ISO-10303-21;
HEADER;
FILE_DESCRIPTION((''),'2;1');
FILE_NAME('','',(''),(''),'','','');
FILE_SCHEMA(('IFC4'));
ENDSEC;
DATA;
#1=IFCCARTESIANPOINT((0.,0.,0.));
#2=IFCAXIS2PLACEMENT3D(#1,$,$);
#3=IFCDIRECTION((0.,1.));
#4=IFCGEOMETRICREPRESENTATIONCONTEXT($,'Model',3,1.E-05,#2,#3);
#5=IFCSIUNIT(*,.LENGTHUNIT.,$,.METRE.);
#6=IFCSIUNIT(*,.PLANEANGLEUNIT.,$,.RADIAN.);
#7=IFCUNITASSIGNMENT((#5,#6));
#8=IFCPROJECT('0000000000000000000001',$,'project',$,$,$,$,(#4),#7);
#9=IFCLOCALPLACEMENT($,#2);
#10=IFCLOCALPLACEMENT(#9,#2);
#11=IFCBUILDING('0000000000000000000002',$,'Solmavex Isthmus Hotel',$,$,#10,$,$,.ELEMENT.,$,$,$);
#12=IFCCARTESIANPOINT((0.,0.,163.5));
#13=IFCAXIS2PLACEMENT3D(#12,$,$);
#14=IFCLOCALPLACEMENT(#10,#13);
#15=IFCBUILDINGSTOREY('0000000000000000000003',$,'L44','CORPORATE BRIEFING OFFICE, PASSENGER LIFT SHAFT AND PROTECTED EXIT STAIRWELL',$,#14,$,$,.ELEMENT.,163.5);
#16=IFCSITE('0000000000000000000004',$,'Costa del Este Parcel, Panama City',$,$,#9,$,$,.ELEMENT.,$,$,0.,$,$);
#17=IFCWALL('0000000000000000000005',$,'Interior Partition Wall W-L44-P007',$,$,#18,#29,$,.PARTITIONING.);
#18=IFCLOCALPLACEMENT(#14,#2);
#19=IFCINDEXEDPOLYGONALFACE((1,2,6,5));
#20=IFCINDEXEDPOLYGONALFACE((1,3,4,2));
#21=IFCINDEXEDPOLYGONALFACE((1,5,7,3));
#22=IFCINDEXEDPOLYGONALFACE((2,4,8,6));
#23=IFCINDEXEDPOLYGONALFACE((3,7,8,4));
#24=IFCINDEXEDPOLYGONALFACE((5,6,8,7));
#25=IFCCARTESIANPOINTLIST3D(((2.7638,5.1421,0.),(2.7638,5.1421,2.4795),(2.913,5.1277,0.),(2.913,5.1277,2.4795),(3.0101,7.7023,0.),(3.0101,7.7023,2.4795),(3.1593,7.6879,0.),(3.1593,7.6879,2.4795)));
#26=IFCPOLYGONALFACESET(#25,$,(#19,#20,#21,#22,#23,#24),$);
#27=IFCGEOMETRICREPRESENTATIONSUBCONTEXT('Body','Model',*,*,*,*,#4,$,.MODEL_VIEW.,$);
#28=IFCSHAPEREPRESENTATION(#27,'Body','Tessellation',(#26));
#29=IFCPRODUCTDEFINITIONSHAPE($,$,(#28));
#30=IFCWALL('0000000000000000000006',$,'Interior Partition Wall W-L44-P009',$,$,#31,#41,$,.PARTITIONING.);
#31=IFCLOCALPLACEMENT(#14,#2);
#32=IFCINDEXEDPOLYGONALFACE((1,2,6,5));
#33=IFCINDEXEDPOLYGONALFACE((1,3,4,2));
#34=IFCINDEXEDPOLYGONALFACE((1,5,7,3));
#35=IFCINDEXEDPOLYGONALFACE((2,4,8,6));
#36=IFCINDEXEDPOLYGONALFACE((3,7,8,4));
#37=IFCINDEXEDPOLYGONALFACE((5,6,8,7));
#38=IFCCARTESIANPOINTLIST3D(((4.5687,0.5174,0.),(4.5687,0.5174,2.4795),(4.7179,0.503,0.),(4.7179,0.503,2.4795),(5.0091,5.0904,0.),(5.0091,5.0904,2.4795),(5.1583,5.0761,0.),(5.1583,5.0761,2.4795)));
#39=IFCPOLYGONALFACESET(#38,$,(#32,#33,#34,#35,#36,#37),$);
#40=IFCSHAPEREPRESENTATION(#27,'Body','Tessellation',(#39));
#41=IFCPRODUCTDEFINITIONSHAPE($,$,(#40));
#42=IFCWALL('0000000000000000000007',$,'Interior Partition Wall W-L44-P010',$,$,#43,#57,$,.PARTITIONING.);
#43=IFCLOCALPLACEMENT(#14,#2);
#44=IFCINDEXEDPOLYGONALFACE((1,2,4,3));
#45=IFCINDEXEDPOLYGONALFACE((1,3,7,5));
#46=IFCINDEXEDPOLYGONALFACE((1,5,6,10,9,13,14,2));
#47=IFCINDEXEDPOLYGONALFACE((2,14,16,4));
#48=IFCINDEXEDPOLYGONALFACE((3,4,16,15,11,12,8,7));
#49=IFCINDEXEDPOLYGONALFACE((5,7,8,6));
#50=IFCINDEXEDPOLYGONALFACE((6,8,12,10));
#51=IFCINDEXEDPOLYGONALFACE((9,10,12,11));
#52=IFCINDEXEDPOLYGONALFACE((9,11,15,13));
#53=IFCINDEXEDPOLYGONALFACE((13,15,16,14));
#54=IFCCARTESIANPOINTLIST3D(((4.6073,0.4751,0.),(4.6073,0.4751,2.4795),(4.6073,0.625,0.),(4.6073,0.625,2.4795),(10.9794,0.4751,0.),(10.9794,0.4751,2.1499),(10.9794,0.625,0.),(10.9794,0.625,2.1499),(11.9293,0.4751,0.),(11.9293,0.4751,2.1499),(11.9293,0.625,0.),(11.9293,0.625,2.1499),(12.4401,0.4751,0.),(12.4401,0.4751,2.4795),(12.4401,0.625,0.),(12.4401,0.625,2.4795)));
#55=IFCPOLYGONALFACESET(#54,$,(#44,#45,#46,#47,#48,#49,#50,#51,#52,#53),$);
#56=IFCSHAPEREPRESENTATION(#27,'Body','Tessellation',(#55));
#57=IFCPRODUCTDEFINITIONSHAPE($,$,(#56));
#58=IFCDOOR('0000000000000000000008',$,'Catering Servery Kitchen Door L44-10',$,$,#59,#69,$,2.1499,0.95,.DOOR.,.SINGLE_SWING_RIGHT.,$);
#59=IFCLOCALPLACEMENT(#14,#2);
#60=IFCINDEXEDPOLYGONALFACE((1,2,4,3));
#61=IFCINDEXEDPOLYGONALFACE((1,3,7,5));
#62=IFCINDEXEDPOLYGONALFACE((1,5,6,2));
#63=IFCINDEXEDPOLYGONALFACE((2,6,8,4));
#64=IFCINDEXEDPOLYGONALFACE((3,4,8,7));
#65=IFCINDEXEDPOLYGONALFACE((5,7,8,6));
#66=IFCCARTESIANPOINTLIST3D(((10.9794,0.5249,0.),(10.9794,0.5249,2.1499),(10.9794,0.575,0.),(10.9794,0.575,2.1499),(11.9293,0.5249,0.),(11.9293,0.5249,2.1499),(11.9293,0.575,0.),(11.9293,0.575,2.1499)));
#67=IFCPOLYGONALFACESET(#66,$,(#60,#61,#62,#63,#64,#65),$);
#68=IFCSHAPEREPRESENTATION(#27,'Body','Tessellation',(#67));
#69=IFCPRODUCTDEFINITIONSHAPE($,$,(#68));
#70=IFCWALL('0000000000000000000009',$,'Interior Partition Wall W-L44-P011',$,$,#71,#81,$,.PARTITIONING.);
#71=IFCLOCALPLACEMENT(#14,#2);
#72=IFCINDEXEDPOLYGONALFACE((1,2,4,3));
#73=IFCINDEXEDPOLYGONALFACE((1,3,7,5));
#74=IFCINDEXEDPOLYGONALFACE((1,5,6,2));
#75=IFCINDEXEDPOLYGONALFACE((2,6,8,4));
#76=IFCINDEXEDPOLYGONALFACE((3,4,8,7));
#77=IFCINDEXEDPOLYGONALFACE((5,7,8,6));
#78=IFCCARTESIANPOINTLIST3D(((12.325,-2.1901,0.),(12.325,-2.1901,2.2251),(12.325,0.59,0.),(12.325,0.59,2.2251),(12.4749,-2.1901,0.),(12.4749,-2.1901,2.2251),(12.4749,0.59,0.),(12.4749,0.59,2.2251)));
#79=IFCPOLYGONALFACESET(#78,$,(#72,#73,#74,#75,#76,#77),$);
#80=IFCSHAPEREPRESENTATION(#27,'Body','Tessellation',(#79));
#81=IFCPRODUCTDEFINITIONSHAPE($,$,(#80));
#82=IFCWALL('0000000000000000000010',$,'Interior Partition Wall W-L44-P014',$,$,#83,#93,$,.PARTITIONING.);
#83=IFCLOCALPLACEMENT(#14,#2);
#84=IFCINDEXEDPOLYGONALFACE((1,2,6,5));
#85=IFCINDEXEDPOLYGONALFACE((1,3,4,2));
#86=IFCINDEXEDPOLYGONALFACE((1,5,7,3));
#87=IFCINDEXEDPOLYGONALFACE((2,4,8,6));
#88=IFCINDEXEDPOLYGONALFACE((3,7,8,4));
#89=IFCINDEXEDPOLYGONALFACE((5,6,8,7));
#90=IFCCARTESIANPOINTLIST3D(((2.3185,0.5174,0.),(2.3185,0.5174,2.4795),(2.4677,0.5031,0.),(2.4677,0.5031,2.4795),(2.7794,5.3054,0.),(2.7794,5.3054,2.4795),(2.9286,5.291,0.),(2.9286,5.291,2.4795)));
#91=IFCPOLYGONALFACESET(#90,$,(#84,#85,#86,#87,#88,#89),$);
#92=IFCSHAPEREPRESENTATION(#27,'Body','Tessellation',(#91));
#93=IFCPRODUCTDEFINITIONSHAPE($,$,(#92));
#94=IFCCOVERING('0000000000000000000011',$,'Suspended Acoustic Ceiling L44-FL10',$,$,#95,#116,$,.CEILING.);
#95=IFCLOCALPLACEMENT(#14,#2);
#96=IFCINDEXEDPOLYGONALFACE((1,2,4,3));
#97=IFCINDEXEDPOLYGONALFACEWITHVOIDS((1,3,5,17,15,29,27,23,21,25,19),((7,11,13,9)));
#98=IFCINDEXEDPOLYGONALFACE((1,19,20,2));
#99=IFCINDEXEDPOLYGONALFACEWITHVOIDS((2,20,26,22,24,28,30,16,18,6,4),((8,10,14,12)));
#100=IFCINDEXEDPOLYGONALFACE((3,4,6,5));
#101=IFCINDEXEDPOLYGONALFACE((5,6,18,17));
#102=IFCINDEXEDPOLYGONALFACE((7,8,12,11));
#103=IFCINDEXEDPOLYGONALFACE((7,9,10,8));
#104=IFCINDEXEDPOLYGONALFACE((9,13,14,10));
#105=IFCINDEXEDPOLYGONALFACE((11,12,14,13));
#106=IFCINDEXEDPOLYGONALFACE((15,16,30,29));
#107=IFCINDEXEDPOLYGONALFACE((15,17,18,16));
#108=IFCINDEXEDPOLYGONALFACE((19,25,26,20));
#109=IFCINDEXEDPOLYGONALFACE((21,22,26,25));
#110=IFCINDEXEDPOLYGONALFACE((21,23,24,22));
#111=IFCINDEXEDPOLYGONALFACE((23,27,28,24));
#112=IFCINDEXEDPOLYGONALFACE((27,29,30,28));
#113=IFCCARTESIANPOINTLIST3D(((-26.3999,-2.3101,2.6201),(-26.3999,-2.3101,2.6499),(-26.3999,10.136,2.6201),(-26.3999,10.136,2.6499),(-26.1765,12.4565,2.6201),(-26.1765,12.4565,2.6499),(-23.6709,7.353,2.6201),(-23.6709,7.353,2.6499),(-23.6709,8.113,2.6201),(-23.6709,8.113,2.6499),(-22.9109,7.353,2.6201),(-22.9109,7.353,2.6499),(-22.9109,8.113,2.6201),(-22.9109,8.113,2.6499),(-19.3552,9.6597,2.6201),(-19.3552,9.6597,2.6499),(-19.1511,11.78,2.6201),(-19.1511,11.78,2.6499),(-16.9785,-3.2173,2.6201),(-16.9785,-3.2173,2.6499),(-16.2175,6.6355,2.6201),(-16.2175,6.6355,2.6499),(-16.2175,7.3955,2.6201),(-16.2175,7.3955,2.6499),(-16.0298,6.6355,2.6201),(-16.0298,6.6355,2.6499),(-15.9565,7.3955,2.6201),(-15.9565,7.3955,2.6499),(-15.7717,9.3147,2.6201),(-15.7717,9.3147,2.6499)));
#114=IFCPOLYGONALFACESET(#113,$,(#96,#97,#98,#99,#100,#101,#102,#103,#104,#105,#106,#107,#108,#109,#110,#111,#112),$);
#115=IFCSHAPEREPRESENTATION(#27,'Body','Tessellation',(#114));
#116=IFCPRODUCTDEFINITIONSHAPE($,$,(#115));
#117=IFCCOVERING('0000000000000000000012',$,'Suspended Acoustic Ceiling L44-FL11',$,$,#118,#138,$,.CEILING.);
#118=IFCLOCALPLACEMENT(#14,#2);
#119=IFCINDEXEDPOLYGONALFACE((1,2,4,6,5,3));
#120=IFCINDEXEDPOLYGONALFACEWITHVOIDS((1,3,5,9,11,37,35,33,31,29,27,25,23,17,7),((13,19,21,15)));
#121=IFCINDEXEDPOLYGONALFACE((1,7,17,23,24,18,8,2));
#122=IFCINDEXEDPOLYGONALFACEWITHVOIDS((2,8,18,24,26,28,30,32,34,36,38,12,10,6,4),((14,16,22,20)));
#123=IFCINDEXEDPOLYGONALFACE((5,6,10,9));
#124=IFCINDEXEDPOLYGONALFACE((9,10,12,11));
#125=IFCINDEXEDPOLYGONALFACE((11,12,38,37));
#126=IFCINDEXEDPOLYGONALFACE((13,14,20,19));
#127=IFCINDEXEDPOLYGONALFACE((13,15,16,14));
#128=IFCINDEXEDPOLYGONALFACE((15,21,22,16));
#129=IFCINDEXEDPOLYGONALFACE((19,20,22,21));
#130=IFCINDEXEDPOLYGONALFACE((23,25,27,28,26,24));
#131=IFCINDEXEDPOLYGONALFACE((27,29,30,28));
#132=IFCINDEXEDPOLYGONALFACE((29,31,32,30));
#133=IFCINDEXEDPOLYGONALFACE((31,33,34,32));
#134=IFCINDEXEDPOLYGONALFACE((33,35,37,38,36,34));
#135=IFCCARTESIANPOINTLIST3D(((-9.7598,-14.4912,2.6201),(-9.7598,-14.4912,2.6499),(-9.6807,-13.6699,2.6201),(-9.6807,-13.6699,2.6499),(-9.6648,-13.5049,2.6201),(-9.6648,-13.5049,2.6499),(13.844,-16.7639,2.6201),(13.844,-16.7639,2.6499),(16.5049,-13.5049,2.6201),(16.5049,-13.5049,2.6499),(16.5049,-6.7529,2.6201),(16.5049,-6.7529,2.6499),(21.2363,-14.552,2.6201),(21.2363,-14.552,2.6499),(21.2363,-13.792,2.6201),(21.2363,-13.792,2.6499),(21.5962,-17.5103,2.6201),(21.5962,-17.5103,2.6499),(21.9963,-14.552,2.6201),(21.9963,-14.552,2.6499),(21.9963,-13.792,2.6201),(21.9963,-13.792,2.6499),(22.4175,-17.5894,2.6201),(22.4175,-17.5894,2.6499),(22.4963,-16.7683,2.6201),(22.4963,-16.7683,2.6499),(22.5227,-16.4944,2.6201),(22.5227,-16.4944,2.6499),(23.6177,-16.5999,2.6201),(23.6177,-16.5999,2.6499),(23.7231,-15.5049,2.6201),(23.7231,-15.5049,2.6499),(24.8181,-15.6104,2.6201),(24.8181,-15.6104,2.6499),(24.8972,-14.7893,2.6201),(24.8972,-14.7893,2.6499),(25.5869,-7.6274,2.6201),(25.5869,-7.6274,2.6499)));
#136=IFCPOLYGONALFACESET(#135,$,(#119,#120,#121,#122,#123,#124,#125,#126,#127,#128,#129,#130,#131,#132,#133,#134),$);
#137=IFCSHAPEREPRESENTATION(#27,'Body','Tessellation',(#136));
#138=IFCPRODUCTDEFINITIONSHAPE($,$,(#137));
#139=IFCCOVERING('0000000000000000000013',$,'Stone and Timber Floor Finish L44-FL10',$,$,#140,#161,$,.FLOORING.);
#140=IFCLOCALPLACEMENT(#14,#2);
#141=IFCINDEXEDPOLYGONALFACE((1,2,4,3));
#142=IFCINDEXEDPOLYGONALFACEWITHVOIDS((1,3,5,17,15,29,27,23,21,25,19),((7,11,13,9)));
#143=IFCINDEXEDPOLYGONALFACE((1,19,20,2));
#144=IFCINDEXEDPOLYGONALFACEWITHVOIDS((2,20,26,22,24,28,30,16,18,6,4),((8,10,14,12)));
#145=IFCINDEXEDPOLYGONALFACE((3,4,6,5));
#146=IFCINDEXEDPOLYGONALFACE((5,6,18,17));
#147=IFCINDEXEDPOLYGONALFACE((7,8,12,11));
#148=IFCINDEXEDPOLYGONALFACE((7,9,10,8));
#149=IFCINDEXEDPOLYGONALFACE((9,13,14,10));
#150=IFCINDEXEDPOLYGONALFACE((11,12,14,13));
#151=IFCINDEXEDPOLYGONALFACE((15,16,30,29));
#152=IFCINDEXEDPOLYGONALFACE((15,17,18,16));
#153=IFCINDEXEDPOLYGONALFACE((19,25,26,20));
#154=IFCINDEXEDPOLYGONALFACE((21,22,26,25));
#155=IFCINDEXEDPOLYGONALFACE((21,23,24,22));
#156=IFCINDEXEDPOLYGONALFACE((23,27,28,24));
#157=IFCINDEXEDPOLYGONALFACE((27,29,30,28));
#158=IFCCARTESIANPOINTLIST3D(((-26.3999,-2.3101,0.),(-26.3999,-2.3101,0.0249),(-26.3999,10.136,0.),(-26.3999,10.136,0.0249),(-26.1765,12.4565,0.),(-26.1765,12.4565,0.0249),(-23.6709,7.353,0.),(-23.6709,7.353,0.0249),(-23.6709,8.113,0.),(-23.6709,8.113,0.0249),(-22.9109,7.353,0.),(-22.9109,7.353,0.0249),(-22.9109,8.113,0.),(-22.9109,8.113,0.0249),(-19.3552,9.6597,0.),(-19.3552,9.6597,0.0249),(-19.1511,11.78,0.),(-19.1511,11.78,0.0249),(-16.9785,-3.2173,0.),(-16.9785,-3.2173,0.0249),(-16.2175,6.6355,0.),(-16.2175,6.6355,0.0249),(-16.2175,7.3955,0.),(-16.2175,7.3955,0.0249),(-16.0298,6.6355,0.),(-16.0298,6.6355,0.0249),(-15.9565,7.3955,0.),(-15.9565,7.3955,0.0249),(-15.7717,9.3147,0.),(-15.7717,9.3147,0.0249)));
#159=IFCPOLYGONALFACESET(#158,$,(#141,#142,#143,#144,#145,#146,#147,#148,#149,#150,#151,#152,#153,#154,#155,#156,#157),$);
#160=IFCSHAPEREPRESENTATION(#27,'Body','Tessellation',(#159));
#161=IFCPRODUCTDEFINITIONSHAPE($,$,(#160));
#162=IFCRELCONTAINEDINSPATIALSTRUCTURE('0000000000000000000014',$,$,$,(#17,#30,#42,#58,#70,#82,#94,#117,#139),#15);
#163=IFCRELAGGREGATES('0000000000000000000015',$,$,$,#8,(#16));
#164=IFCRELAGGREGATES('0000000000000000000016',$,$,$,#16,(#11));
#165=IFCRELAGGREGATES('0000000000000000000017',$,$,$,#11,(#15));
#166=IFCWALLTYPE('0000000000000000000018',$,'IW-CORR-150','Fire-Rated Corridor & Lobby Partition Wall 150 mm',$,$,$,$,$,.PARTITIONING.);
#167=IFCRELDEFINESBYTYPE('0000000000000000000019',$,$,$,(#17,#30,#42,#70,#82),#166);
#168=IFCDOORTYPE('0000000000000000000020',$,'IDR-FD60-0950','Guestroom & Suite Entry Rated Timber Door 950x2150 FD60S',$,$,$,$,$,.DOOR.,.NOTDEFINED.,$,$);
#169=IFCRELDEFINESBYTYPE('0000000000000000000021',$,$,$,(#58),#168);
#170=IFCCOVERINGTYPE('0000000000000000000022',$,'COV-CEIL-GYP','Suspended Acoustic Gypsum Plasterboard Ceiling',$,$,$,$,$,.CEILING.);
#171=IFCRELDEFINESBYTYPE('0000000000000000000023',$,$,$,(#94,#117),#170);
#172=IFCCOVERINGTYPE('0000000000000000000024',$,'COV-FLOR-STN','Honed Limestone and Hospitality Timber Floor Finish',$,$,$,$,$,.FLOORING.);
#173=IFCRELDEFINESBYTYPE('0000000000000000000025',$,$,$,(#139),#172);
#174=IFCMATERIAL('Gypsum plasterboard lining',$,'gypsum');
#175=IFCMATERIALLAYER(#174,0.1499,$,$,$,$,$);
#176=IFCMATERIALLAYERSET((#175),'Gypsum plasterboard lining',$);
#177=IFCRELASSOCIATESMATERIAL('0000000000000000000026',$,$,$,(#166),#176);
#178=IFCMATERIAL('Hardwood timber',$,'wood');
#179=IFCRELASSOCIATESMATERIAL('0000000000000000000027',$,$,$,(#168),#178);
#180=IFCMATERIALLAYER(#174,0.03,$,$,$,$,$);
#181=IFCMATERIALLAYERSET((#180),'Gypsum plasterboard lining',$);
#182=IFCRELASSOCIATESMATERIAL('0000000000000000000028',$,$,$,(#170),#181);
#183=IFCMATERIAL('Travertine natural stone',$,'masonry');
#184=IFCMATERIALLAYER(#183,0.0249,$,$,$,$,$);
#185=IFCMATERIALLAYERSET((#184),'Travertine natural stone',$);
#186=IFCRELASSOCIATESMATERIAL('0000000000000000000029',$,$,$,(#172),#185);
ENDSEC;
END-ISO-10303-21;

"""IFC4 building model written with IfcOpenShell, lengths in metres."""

from ifc_helpers import new_model, si_unit, direction, frame, frame_2d, origin, place, context, subcontext, project, spatial, polyline, rectangle, outline, extrude, material, layer, layer_set, type_object, element, fill, save


model = new_model("IFC4")

# Units and contexts
model_context = context("Model", 3, precision=1e-05, world=origin(), true_north=direction((0.0, 1.0)))
body_context = subcontext(model_context, "Body", "Model", "MODEL_VIEW")
ifc_project = project(units=[si_unit("LENGTHUNIT", "METRE"), si_unit("PLANEANGLEUNIT", "RADIAN")], contexts=[model_context])

# Site, building, storey
site_placement = place(None, origin())
site = spatial("IfcSite", under=ifc_project, at=site_placement, Name="Costa del Este Parcel, Panama City", CompositionType="ELEMENT", RefElevation=0.0)
building_placement = place(site_placement, origin())
building = spatial("IfcBuilding", under=site, at=building_placement, Name="Solmavex Isthmus Hotel", CompositionType="ELEMENT")
storey_placement = place(building_placement, frame((0.0, 0.0, 163.5)))
storey = spatial("IfcBuildingStorey", under=building, at=storey_placement, Name="L44", Description="CORPORATE BRIEFING OFFICE, PASSENGER LIFT SHAFT AND PROTECTED EXIT STAIRWELL", CompositionType="ELEMENT", Elevation=163.5)

# Walls
ifc_material_1 = material(Name="Gypsum plasterboard lining", Category="gypsum")
ifc_layer_1 = layer(ifc_material_1, 0.1499)
ifc_layer_set_1 = layer_set([ifc_layer_1], Name="Gypsum plasterboard lining")
wall_type_1 = type_object("IfcWallType", Name="IW-CORR-150", Description="Fire-Rated Corridor & Lobby Partition Wall 150 mm", PredefinedType="PARTITIONING", material=ifc_layer_set_1)
wall_1_placement = place(storey_placement, frame((2.8384, 5.1348, 0.0), z_axis=(0.0, 0.0, 1.0), x_axis=(0.095772, 0.995403, 0.0)))
element("IfcWall", 1, at=wall_1_placement, inside=storey, type_object=wall_type_1, Name="Interior Partition Wall W-L44-P007", PredefinedType="PARTITIONING", context=body_context, shape_type="SweptSolid", body=[
    extrude(rectangle(XDim=2.572, YDim=0.1499, at=frame_2d((1.2861, 0.0))), origin(), (0.0, 0.0, 1.0), 2.4795),
])
wall_2_placement = place(storey_placement, frame((5.0837, 5.0833, 0.0), z_axis=(0.0, 0.0, 1.0), x_axis=(-0.095867, -0.995394, 0.0)))
element("IfcWall", 2, at=wall_2_placement, inside=storey, type_object=wall_type_1, Name="Interior Partition Wall W-L44-P009", PredefinedType="PARTITIONING", context=body_context, shape_type="SweptSolid", body=[
    extrude(rectangle(XDim=4.5942, YDim=0.1499, at=frame_2d((2.2971, 0.0))), origin(), (0.0, 0.0, 1.0), 2.4795),
])

# Wall, opening, door
wall_3_placement = place(storey_placement, frame((4.6072, 0.55, 0.0), z_axis=(0.0, 0.0, 1.0), x_axis=(1.0, 0.0, 0.0)))
wall_3 = element("IfcWall", 3, at=wall_3_placement, inside=storey, type_object=wall_type_1, Name="Interior Partition Wall W-L44-P010", PredefinedType="PARTITIONING", context=body_context, shape_type="SweptSolid", body=[
    extrude(rectangle(XDim=7.8328, YDim=0.1499, at=frame_2d((3.9165, 0.0))), origin(), (0.0, 0.0, 1.0), 2.4795),
])
opening_placement = place(wall_3_placement, frame((6.3721, 0.0, 0.0)))
opening = element("IfcOpeningElement", 4, at=opening_placement, cuts=wall_3, PredefinedType="OPENING", context=body_context, shape_type="SweptSolid", body=[
    extrude(rectangle(XDim=0.95, YDim=2.1499, at=frame_2d((0.4751, 1.075))), frame((0.0, 0.085, 0.0), z_axis=(0.0, -1.0, 0.0), x_axis=(1.0, 0.0, 0.0)), (0.0, 0.0, 1.0), 0.1699),
])
ifc_material_2 = material(Name="Hardwood timber", Category="wood")
door_type = type_object("IfcDoorType", Name="IDR-FD60-0950", Description="Guestroom & Suite Entry Rated Timber Door 950x2150 FD60S", OperationType="NOTDEFINED", PredefinedType="DOOR", material=ifc_material_2)
door_placement = place(opening_placement, origin())
door = element("IfcDoor", 5, at=door_placement, inside=storey, type_object=door_type, Name="Catering Servery Kitchen Door L44-10", OperationType="SINGLE_SWING_RIGHT", OverallHeight=2.1499, OverallWidth=0.95, PredefinedType="DOOR", context=body_context, shape_type="SweptSolid", body=[
    extrude(rectangle(XDim=0.95, YDim=2.1499, at=frame_2d((0.4751, 1.075))), frame((0.0, 0.0249, 0.0), z_axis=(0.0, -1.0, 0.0), x_axis=(1.0, 0.0, 0.0)), (0.0, 0.0, 1.0), 0.05),
])
fill(opening, door)

# Walls
wall_4_placement = place(storey_placement, frame((12.3999, 0.5901, 0.0), z_axis=(0.0, 0.0, 1.0), x_axis=(0.0, -1.0, 0.0)))
element("IfcWall", 6, at=wall_4_placement, inside=storey, type_object=wall_type_1, Name="Interior Partition Wall W-L44-P011", PredefinedType="PARTITIONING", context=body_context, shape_type="SweptSolid", body=[
    extrude(rectangle(XDim=2.78, YDim=0.1499, at=frame_2d((1.3901, 0.0))), origin(), (0.0, 0.0, 1.0), 2.2251),
])
wall_5_placement = place(storey_placement, frame((2.3931, 0.5103, 0.0), z_axis=(0.0, 0.0, 1.0), x_axis=(0.095829, 0.995398, 0.0)))
element("IfcWall", 7, at=wall_5_placement, inside=storey, type_object=wall_type_1, Name="Interior Partition Wall W-L44-P014", PredefinedType="PARTITIONING", context=body_context, shape_type="SweptSolid", body=[
    extrude(rectangle(XDim=4.8101, YDim=0.1499, at=frame_2d((2.405, 0.0))), origin(), (0.0, 0.0, 1.0), 2.4795),
])

# Coverings
ifc_layer_2 = layer(ifc_material_1, 0.03)
ifc_layer_set_2 = layer_set([ifc_layer_2], Name="Gypsum plasterboard lining")
covering_type_1 = type_object("IfcCoveringType", Name="COV-CEIL-GYP", Description="Suspended Acoustic Gypsum Plasterboard Ceiling", PredefinedType="CEILING", material=ifc_layer_set_2)
covering_1_placement = place(storey_placement, frame((0.0, 0.0, 2.6201)))
element("IfcCovering", 8, at=covering_1_placement, inside=storey, type_object=covering_type_1, Name="Suspended Acoustic Ceiling L44-FL10", PredefinedType="CEILING", context=body_context, shape_type="SweptSolid", body=[
    extrude(outline(polyline([(-16.0298, 6.6355), (-16.2175, 6.6355), (-16.2175, 7.3955), (-15.9565, 7.3955), (-15.7717, 9.3147), (-19.3552, 9.6597), (-19.1511, 11.78), (-26.1765, 12.4565), (-26.3999, 10.136), (-26.3999, -2.3101), (-16.9785, -3.2173), (-16.0298, 6.6355)]), holes=[polyline([(-23.6709, 7.353), (-23.6709, 8.113), (-22.9109, 8.113), (-22.9109, 7.353), (-23.6709, 7.353)])]), origin(), (0.0, 0.0, 1.0), 0.0298),
])
covering_2_placement = place(storey_placement, frame((0.0, 0.0, 2.6201)))
element("IfcCovering", 9, at=covering_2_placement, inside=storey, type_object=covering_type_1, Name="Suspended Acoustic Ceiling L44-FL11", PredefinedType="CEILING", context=body_context, shape_type="SweptSolid", body=[
    extrude(outline(polyline([(21.5962, -17.5103), (22.4175, -17.5894), (22.4963, -16.7683), (22.5227, -16.4944), (23.6177, -16.5999), (23.7231, -15.5049), (24.8181, -15.6104), (24.8972, -14.7893), (25.5869, -7.6274), (16.5049, -6.7529), (16.5049, -13.5049), (-9.6648, -13.5049), (-9.6807, -13.6699), (-9.7598, -14.4912), (13.844, -16.7639), (21.5962, -17.5103)]), holes=[polyline([(21.2363, -14.552), (21.2363, -13.792), (21.9963, -13.792), (21.9963, -14.552), (21.2363, -14.552)])]), origin(), (0.0, 0.0, 1.0), 0.0298),
])
ifc_material_3 = material(Name="Travertine natural stone", Category="masonry")
ifc_layer_3 = layer(ifc_material_3, 0.0249)
ifc_layer_set_3 = layer_set([ifc_layer_3], Name="Travertine natural stone")
covering_type_2 = type_object("IfcCoveringType", Name="COV-FLOR-STN", Description="Honed Limestone and Hospitality Timber Floor Finish", PredefinedType="FLOORING", material=ifc_layer_set_3)
covering_3_placement = place(storey_placement, origin())
element("IfcCovering", 10, at=covering_3_placement, inside=storey, type_object=covering_type_2, Name="Stone and Timber Floor Finish L44-FL10", PredefinedType="FLOORING", context=body_context, shape_type="SweptSolid", body=[
    extrude(outline(polyline([(-16.0298, 6.6355), (-16.2175, 6.6355), (-16.2175, 7.3955), (-15.9565, 7.3955), (-15.7717, 9.3147), (-19.3552, 9.6597), (-19.1511, 11.78), (-26.1765, 12.4565), (-26.3999, 10.136), (-26.3999, -2.3101), (-16.9785, -3.2173), (-16.0298, 6.6355)]), holes=[polyline([(-23.6709, 7.353), (-23.6709, 8.113), (-22.9109, 8.113), (-22.9109, 7.353), (-23.6709, 7.353)])]), origin(), (0.0, 0.0, 1.0), 0.0249),
])

save(model, "model.ifc")
